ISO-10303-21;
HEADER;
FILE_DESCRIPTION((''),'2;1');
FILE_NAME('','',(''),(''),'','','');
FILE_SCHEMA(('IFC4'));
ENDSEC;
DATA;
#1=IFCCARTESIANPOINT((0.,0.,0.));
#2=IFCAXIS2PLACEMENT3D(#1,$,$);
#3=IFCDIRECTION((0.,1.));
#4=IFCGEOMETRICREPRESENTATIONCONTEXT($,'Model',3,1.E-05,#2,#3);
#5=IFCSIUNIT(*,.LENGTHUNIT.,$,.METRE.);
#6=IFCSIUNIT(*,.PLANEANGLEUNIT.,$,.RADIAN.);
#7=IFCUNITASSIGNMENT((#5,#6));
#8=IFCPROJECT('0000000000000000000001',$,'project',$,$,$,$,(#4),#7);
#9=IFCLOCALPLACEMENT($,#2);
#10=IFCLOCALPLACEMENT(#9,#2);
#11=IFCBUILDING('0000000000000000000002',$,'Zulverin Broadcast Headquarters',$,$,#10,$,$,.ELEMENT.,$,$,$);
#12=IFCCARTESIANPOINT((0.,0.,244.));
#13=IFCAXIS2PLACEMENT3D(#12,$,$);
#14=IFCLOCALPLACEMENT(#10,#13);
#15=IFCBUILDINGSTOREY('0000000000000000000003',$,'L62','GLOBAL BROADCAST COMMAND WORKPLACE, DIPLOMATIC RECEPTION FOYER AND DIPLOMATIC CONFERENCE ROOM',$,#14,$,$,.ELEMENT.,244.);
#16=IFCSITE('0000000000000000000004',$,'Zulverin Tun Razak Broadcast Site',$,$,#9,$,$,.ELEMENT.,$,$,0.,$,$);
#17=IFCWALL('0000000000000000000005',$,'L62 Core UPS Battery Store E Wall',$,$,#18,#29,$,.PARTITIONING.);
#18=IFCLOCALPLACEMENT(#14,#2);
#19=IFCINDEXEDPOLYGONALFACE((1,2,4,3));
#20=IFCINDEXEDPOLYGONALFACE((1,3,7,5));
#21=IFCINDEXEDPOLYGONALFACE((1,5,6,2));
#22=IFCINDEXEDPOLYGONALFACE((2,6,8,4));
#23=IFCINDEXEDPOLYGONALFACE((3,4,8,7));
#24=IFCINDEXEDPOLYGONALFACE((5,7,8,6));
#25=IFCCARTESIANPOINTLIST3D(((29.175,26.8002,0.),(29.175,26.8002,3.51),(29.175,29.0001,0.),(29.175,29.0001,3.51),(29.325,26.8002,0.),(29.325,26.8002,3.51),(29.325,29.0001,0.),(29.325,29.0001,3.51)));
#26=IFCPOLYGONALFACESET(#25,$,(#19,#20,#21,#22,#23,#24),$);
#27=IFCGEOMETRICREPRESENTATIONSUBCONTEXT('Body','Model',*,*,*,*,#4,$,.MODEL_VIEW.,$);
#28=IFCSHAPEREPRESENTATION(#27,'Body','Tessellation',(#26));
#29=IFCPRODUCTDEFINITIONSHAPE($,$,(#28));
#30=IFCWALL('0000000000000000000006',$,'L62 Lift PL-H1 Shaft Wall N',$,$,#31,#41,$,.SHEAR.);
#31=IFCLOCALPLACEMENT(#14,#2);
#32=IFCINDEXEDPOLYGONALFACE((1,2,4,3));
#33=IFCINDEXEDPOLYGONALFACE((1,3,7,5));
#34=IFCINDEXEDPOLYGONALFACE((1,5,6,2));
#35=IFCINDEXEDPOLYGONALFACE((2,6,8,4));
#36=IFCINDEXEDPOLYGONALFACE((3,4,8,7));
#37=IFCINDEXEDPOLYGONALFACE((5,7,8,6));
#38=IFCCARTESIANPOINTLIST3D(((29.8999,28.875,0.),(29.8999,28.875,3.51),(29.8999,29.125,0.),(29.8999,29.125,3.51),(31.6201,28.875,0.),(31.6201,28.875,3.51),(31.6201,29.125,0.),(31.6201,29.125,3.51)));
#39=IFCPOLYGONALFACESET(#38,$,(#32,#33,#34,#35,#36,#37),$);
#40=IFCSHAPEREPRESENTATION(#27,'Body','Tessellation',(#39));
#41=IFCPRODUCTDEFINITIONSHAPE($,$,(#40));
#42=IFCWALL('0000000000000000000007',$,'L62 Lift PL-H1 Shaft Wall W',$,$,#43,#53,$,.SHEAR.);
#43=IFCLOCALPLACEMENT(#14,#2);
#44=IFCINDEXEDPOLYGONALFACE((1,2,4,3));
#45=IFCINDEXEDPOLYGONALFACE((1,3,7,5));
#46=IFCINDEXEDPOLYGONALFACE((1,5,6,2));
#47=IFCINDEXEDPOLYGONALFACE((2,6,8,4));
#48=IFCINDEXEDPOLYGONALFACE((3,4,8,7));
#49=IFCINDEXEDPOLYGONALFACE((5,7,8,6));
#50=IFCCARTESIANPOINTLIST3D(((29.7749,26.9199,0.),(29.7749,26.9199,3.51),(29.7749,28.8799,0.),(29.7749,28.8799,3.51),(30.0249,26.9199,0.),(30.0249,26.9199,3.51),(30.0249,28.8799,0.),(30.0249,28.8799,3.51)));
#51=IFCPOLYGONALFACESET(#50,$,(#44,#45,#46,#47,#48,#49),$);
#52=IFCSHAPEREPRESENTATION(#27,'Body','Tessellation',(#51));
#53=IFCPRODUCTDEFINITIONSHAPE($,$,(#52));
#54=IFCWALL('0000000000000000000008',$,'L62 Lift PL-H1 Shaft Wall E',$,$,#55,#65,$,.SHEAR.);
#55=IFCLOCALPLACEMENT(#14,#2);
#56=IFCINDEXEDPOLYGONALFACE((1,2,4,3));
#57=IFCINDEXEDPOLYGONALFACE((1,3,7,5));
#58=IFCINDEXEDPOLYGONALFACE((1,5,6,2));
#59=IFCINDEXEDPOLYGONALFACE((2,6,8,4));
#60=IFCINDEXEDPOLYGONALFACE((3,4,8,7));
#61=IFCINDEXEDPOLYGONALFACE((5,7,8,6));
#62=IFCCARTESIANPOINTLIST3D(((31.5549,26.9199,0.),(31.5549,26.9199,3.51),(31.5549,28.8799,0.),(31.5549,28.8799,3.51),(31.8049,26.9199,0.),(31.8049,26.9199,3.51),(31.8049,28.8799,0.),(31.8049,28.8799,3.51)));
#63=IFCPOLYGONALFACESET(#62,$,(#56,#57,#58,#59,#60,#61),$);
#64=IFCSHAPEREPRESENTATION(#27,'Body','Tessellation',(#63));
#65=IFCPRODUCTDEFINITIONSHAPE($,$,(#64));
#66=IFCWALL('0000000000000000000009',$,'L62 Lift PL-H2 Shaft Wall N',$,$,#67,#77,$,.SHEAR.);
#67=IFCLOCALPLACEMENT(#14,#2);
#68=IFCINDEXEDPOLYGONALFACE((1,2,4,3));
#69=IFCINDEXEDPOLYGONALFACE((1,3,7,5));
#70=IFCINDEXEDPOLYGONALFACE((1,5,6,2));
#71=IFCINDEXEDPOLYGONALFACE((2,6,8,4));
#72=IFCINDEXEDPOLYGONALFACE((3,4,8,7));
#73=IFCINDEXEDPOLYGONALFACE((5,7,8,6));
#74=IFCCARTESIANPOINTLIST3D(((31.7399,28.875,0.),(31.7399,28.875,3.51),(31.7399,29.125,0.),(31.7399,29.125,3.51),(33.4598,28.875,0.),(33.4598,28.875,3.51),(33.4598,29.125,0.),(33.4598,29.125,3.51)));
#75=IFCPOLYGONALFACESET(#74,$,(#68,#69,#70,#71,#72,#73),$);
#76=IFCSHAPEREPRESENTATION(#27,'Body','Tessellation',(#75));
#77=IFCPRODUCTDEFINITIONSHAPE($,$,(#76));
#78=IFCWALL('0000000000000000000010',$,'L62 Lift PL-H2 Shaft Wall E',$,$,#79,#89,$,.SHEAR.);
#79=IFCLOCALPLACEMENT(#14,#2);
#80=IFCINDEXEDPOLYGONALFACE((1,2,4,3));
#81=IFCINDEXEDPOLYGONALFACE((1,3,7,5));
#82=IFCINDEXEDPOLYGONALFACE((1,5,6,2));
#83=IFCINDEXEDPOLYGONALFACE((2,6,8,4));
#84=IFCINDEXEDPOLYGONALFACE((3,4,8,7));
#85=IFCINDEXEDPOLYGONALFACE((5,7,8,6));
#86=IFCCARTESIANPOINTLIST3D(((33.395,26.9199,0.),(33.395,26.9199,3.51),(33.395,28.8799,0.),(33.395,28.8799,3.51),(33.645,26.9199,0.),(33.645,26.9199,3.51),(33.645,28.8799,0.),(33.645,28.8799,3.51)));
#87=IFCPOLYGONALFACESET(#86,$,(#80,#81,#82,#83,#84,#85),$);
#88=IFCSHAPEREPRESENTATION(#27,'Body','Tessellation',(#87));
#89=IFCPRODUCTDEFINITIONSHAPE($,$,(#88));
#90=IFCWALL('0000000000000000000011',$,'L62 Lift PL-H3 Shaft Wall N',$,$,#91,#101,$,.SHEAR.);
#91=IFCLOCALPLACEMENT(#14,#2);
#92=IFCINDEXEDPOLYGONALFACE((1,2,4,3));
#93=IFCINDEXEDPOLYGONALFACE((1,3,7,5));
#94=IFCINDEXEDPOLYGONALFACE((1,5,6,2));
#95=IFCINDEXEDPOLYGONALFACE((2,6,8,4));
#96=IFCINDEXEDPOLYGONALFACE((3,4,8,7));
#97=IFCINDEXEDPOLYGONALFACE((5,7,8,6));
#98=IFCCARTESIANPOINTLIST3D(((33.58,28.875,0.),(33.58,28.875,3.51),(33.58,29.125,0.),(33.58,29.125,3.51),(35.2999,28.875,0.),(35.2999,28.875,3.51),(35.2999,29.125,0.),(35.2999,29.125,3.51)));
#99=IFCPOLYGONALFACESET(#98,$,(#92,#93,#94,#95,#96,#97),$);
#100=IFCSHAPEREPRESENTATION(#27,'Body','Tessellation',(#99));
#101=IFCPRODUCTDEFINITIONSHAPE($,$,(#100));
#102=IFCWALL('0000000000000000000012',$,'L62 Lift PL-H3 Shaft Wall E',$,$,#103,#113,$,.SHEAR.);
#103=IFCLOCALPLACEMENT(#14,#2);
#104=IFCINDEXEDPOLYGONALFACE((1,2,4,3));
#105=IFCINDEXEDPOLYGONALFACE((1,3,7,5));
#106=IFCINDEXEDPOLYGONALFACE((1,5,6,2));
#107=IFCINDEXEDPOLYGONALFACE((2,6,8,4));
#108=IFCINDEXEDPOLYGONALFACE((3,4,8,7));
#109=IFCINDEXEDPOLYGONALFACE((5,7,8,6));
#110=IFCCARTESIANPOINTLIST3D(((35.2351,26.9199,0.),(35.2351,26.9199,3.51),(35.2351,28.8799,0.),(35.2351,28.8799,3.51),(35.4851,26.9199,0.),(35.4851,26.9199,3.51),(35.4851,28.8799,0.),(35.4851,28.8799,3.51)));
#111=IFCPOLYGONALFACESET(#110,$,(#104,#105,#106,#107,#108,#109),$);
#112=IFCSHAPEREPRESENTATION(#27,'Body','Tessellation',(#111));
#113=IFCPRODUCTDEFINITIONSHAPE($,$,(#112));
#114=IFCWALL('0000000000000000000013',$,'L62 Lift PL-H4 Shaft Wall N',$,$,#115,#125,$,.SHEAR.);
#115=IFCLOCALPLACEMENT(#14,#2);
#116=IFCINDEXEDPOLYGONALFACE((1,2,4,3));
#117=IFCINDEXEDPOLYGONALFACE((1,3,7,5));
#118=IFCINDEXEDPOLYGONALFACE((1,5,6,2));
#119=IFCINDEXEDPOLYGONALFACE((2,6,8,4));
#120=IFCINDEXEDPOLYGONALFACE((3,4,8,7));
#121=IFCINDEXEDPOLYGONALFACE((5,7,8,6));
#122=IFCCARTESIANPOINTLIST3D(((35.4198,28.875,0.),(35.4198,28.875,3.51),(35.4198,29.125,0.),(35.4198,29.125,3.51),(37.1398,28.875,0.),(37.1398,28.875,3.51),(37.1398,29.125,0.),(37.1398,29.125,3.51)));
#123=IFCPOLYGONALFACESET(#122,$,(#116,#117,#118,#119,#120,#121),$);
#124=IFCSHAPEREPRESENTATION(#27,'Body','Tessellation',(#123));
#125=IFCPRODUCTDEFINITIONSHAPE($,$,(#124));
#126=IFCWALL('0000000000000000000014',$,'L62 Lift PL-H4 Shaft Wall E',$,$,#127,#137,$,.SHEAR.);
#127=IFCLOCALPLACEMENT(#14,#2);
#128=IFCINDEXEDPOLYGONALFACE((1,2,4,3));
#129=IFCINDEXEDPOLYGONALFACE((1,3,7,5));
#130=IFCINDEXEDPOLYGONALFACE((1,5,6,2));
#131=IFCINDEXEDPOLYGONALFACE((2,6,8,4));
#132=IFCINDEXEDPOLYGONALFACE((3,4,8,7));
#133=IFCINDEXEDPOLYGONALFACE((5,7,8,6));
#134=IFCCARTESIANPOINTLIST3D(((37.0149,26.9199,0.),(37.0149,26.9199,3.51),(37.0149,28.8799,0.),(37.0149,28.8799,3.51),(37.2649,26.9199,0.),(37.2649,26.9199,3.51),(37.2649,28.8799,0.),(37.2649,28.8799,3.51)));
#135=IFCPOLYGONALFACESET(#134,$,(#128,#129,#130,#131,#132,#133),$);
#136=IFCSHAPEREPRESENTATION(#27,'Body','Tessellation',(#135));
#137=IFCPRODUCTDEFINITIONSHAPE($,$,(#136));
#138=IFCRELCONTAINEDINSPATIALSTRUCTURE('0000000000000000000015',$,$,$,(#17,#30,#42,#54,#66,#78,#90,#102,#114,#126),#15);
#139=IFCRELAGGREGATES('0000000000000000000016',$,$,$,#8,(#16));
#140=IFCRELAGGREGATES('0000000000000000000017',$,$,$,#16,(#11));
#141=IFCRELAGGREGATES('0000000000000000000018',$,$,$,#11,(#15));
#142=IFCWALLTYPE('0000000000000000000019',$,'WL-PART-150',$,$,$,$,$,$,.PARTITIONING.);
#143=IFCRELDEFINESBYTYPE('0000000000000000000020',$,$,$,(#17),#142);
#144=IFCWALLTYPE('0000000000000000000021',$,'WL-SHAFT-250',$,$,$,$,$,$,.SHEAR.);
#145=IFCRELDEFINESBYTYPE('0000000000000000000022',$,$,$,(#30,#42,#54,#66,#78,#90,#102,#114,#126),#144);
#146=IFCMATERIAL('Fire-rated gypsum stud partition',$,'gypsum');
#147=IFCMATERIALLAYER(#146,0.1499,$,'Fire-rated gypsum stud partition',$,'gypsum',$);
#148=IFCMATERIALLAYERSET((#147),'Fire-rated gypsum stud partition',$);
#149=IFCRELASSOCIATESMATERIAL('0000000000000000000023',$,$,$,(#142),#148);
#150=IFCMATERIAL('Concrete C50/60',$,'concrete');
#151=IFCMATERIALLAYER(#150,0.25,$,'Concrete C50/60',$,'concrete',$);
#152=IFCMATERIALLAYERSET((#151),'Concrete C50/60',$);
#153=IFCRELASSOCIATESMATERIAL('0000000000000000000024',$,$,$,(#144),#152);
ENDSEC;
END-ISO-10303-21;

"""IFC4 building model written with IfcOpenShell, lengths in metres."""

from ifc_helpers import new_model, si_unit, direction, frame, frame_2d, origin, place, context, subcontext, project, spatial, rectangle, extrude, material, layer, layer_set, type_object, element, save


model = new_model("IFC4")

# Units and contexts
model_context = context("Model", 3, precision=1e-05, world=origin(), true_north=direction((0.0, 1.0)))
body_context = subcontext(model_context, "Body", "Model", "MODEL_VIEW")
ifc_project = project(units=[si_unit("LENGTHUNIT", "METRE"), si_unit("PLANEANGLEUNIT", "RADIAN")], contexts=[model_context])

# Site, building, storey
site_placement = place(None, origin())
site = spatial("IfcSite", under=ifc_project, at=site_placement, Name="Zulverin Tun Razak Broadcast Site", CompositionType="ELEMENT", RefElevation=0.0)
building_placement = place(site_placement, origin())
building = spatial("IfcBuilding", under=site, at=building_placement, Name="Zulverin Broadcast Headquarters", CompositionType="ELEMENT")
storey_placement = place(building_placement, frame((0.0, 0.0, 244.0)))
storey = spatial("IfcBuildingStorey", under=building, at=storey_placement, Name="L62", Description="GLOBAL BROADCAST COMMAND WORKPLACE, DIPLOMATIC RECEPTION FOYER AND DIPLOMATIC CONFERENCE ROOM", CompositionType="ELEMENT", Elevation=244.0)

# Wall
ifc_material_1 = material(Name="Fire-rated gypsum stud partition", Category="gypsum")
ifc_layer_1 = layer(ifc_material_1, 0.1499, Name="Fire-rated gypsum stud partition", Category="gypsum")
ifc_layer_set_1 = layer_set([ifc_layer_1], Name="Fire-rated gypsum stud partition")
wall_type_1 = type_object("IfcWallType", Name="WL-PART-150", PredefinedType="PARTITIONING", material=ifc_layer_set_1)
wall_1_placement = place(storey_placement, frame((29.25, 26.8, 0.0), z_axis=(0.0, 0.0, 1.0), x_axis=(0.0, 1.0, 0.0)))
element("IfcWall", 1, at=wall_1_placement, inside=storey, type_object=wall_type_1, Name="L62 Core UPS Battery Store E Wall", PredefinedType="PARTITIONING", context=body_context, shape_type="SweptSolid", body=[
    extrude(rectangle(XDim=2.2, YDim=0.1499, at=frame_2d((1.1001, 0.0))), origin(), (0.0, 0.0, 1.0), 3.51),
])

# Shared definitions
ifc_material_2 = material(Name="Concrete C50/60", Category="concrete")
ifc_layer_2 = layer(ifc_material_2, 0.25, Name="Concrete C50/60", Category="concrete")
ifc_layer_set_2 = layer_set([ifc_layer_2], Name="Concrete C50/60")
wall_type_2 = type_object("IfcWallType", Name="WL-SHAFT-250", PredefinedType="SHEAR", material=ifc_layer_set_2)

# Walls
wall_2_placement = place(storey_placement, frame((29.8999, 29.0, 0.0), z_axis=(0.0, 0.0, 1.0), x_axis=(1.0, 0.0, 0.0)))
element("IfcWall", 2, at=wall_2_placement, inside=storey, type_object=wall_type_2, Name="L62 Lift PL-H1 Shaft Wall N", PredefinedType="SHEAR", context=body_context, shape_type="SweptSolid", body=[
    extrude(rectangle(XDim=1.7202, YDim=0.25, at=frame_2d((0.8601, 0.0))), origin(), (0.0, 0.0, 1.0), 3.51),
])
for number, where, z_axis, x_axis, name in (
    (3, (29.8999, 26.9199, 0.0), (0.0, 0.0, 1.0), (0.0, 1.0, 0.0), "L62 Lift PL-H1 Shaft Wall W"),
    (4, (31.6799, 26.9199, 0.0), (0.0, 0.0, 1.0), (0.0, 1.0, 0.0), "L62 Lift PL-H1 Shaft Wall E"),
):
    element("IfcWall", number, at=place(storey_placement, frame(where, z_axis=z_axis, x_axis=x_axis)), inside=storey, type_object=wall_type_2, Name=name, PredefinedType="SHEAR", context=body_context, shape_type="SweptSolid", body=[
        extrude(rectangle(XDim=1.96, YDim=0.25, at=frame_2d((0.98, 0.0))), origin(), (0.0, 0.0, 1.0), 3.51),
    ])

# Walls
wall_3_placement = place(storey_placement, frame((31.74, 29.0, 0.0), z_axis=(0.0, 0.0, 1.0), x_axis=(1.0, 0.0, 0.0)))
element("IfcWall", 5, at=wall_3_placement, inside=storey, type_object=wall_type_2, Name="L62 Lift PL-H2 Shaft Wall N", PredefinedType="SHEAR", context=body_context, shape_type="SweptSolid", body=[
    extrude(rectangle(XDim=1.72, YDim=0.25, at=frame_2d((0.8599, 0.0))), origin(), (0.0, 0.0, 1.0), 3.51),
])
wall_4_placement = place(storey_placement, frame((33.52, 26.9199, 0.0), z_axis=(0.0, 0.0, 1.0), x_axis=(0.0, 1.0, 0.0)))
element("IfcWall", 6, at=wall_4_placement, inside=storey, type_object=wall_type_2, Name="L62 Lift PL-H2 Shaft Wall E", PredefinedType="SHEAR", context=body_context, shape_type="SweptSolid", body=[
    extrude(rectangle(XDim=1.96, YDim=0.25, at=frame_2d((0.98, 0.0))), origin(), (0.0, 0.0, 1.0), 3.51),
])

# Walls
wall_5_placement = place(storey_placement, frame((33.5801, 29.0, 0.0), z_axis=(0.0, 0.0, 1.0), x_axis=(1.0, 0.0, 0.0)))
element("IfcWall", 7, at=wall_5_placement, inside=storey, type_object=wall_type_2, Name="L62 Lift PL-H3 Shaft Wall N", PredefinedType="SHEAR", context=body_context, shape_type="SweptSolid", body=[
    extrude(rectangle(XDim=1.72, YDim=0.25, at=frame_2d((0.8599, 0.0))), origin(), (0.0, 0.0, 1.0), 3.51),
])
wall_6_placement = place(storey_placement, frame((35.3601, 26.9199, 0.0), z_axis=(0.0, 0.0, 1.0), x_axis=(0.0, 1.0, 0.0)))
element("IfcWall", 8, at=wall_6_placement, inside=storey, type_object=wall_type_2, Name="L62 Lift PL-H3 Shaft Wall E", PredefinedType="SHEAR", context=body_context, shape_type="SweptSolid", body=[
    extrude(rectangle(XDim=1.96, YDim=0.25, at=frame_2d((0.98, 0.0))), origin(), (0.0, 0.0, 1.0), 3.51),
])

# Walls
wall_7_placement = place(storey_placement, frame((35.4199, 29.0, 0.0), z_axis=(0.0, 0.0, 1.0), x_axis=(1.0, 0.0, 0.0)))
element("IfcWall", 9, at=wall_7_placement, inside=storey, type_object=wall_type_2, Name="L62 Lift PL-H4 Shaft Wall N", PredefinedType="SHEAR", context=body_context, shape_type="SweptSolid", body=[
    extrude(rectangle(XDim=1.72, YDim=0.25, at=frame_2d((0.8599, 0.0))), origin(), (0.0, 0.0, 1.0), 3.51),
])
wall_8_placement = place(storey_placement, frame((37.1399, 26.9199, 0.0), z_axis=(0.0, 0.0, 1.0), x_axis=(0.0, 1.0, 0.0)))
element("IfcWall", 10, at=wall_8_placement, inside=storey, type_object=wall_type_2, Name="L62 Lift PL-H4 Shaft Wall E", PredefinedType="SHEAR", context=body_context, shape_type="SweptSolid", body=[
    extrude(rectangle(XDim=1.96, YDim=0.25, at=frame_2d((0.98, 0.0))), origin(), (0.0, 0.0, 1.0), 3.51),
])

save(model, "model.ifc")
